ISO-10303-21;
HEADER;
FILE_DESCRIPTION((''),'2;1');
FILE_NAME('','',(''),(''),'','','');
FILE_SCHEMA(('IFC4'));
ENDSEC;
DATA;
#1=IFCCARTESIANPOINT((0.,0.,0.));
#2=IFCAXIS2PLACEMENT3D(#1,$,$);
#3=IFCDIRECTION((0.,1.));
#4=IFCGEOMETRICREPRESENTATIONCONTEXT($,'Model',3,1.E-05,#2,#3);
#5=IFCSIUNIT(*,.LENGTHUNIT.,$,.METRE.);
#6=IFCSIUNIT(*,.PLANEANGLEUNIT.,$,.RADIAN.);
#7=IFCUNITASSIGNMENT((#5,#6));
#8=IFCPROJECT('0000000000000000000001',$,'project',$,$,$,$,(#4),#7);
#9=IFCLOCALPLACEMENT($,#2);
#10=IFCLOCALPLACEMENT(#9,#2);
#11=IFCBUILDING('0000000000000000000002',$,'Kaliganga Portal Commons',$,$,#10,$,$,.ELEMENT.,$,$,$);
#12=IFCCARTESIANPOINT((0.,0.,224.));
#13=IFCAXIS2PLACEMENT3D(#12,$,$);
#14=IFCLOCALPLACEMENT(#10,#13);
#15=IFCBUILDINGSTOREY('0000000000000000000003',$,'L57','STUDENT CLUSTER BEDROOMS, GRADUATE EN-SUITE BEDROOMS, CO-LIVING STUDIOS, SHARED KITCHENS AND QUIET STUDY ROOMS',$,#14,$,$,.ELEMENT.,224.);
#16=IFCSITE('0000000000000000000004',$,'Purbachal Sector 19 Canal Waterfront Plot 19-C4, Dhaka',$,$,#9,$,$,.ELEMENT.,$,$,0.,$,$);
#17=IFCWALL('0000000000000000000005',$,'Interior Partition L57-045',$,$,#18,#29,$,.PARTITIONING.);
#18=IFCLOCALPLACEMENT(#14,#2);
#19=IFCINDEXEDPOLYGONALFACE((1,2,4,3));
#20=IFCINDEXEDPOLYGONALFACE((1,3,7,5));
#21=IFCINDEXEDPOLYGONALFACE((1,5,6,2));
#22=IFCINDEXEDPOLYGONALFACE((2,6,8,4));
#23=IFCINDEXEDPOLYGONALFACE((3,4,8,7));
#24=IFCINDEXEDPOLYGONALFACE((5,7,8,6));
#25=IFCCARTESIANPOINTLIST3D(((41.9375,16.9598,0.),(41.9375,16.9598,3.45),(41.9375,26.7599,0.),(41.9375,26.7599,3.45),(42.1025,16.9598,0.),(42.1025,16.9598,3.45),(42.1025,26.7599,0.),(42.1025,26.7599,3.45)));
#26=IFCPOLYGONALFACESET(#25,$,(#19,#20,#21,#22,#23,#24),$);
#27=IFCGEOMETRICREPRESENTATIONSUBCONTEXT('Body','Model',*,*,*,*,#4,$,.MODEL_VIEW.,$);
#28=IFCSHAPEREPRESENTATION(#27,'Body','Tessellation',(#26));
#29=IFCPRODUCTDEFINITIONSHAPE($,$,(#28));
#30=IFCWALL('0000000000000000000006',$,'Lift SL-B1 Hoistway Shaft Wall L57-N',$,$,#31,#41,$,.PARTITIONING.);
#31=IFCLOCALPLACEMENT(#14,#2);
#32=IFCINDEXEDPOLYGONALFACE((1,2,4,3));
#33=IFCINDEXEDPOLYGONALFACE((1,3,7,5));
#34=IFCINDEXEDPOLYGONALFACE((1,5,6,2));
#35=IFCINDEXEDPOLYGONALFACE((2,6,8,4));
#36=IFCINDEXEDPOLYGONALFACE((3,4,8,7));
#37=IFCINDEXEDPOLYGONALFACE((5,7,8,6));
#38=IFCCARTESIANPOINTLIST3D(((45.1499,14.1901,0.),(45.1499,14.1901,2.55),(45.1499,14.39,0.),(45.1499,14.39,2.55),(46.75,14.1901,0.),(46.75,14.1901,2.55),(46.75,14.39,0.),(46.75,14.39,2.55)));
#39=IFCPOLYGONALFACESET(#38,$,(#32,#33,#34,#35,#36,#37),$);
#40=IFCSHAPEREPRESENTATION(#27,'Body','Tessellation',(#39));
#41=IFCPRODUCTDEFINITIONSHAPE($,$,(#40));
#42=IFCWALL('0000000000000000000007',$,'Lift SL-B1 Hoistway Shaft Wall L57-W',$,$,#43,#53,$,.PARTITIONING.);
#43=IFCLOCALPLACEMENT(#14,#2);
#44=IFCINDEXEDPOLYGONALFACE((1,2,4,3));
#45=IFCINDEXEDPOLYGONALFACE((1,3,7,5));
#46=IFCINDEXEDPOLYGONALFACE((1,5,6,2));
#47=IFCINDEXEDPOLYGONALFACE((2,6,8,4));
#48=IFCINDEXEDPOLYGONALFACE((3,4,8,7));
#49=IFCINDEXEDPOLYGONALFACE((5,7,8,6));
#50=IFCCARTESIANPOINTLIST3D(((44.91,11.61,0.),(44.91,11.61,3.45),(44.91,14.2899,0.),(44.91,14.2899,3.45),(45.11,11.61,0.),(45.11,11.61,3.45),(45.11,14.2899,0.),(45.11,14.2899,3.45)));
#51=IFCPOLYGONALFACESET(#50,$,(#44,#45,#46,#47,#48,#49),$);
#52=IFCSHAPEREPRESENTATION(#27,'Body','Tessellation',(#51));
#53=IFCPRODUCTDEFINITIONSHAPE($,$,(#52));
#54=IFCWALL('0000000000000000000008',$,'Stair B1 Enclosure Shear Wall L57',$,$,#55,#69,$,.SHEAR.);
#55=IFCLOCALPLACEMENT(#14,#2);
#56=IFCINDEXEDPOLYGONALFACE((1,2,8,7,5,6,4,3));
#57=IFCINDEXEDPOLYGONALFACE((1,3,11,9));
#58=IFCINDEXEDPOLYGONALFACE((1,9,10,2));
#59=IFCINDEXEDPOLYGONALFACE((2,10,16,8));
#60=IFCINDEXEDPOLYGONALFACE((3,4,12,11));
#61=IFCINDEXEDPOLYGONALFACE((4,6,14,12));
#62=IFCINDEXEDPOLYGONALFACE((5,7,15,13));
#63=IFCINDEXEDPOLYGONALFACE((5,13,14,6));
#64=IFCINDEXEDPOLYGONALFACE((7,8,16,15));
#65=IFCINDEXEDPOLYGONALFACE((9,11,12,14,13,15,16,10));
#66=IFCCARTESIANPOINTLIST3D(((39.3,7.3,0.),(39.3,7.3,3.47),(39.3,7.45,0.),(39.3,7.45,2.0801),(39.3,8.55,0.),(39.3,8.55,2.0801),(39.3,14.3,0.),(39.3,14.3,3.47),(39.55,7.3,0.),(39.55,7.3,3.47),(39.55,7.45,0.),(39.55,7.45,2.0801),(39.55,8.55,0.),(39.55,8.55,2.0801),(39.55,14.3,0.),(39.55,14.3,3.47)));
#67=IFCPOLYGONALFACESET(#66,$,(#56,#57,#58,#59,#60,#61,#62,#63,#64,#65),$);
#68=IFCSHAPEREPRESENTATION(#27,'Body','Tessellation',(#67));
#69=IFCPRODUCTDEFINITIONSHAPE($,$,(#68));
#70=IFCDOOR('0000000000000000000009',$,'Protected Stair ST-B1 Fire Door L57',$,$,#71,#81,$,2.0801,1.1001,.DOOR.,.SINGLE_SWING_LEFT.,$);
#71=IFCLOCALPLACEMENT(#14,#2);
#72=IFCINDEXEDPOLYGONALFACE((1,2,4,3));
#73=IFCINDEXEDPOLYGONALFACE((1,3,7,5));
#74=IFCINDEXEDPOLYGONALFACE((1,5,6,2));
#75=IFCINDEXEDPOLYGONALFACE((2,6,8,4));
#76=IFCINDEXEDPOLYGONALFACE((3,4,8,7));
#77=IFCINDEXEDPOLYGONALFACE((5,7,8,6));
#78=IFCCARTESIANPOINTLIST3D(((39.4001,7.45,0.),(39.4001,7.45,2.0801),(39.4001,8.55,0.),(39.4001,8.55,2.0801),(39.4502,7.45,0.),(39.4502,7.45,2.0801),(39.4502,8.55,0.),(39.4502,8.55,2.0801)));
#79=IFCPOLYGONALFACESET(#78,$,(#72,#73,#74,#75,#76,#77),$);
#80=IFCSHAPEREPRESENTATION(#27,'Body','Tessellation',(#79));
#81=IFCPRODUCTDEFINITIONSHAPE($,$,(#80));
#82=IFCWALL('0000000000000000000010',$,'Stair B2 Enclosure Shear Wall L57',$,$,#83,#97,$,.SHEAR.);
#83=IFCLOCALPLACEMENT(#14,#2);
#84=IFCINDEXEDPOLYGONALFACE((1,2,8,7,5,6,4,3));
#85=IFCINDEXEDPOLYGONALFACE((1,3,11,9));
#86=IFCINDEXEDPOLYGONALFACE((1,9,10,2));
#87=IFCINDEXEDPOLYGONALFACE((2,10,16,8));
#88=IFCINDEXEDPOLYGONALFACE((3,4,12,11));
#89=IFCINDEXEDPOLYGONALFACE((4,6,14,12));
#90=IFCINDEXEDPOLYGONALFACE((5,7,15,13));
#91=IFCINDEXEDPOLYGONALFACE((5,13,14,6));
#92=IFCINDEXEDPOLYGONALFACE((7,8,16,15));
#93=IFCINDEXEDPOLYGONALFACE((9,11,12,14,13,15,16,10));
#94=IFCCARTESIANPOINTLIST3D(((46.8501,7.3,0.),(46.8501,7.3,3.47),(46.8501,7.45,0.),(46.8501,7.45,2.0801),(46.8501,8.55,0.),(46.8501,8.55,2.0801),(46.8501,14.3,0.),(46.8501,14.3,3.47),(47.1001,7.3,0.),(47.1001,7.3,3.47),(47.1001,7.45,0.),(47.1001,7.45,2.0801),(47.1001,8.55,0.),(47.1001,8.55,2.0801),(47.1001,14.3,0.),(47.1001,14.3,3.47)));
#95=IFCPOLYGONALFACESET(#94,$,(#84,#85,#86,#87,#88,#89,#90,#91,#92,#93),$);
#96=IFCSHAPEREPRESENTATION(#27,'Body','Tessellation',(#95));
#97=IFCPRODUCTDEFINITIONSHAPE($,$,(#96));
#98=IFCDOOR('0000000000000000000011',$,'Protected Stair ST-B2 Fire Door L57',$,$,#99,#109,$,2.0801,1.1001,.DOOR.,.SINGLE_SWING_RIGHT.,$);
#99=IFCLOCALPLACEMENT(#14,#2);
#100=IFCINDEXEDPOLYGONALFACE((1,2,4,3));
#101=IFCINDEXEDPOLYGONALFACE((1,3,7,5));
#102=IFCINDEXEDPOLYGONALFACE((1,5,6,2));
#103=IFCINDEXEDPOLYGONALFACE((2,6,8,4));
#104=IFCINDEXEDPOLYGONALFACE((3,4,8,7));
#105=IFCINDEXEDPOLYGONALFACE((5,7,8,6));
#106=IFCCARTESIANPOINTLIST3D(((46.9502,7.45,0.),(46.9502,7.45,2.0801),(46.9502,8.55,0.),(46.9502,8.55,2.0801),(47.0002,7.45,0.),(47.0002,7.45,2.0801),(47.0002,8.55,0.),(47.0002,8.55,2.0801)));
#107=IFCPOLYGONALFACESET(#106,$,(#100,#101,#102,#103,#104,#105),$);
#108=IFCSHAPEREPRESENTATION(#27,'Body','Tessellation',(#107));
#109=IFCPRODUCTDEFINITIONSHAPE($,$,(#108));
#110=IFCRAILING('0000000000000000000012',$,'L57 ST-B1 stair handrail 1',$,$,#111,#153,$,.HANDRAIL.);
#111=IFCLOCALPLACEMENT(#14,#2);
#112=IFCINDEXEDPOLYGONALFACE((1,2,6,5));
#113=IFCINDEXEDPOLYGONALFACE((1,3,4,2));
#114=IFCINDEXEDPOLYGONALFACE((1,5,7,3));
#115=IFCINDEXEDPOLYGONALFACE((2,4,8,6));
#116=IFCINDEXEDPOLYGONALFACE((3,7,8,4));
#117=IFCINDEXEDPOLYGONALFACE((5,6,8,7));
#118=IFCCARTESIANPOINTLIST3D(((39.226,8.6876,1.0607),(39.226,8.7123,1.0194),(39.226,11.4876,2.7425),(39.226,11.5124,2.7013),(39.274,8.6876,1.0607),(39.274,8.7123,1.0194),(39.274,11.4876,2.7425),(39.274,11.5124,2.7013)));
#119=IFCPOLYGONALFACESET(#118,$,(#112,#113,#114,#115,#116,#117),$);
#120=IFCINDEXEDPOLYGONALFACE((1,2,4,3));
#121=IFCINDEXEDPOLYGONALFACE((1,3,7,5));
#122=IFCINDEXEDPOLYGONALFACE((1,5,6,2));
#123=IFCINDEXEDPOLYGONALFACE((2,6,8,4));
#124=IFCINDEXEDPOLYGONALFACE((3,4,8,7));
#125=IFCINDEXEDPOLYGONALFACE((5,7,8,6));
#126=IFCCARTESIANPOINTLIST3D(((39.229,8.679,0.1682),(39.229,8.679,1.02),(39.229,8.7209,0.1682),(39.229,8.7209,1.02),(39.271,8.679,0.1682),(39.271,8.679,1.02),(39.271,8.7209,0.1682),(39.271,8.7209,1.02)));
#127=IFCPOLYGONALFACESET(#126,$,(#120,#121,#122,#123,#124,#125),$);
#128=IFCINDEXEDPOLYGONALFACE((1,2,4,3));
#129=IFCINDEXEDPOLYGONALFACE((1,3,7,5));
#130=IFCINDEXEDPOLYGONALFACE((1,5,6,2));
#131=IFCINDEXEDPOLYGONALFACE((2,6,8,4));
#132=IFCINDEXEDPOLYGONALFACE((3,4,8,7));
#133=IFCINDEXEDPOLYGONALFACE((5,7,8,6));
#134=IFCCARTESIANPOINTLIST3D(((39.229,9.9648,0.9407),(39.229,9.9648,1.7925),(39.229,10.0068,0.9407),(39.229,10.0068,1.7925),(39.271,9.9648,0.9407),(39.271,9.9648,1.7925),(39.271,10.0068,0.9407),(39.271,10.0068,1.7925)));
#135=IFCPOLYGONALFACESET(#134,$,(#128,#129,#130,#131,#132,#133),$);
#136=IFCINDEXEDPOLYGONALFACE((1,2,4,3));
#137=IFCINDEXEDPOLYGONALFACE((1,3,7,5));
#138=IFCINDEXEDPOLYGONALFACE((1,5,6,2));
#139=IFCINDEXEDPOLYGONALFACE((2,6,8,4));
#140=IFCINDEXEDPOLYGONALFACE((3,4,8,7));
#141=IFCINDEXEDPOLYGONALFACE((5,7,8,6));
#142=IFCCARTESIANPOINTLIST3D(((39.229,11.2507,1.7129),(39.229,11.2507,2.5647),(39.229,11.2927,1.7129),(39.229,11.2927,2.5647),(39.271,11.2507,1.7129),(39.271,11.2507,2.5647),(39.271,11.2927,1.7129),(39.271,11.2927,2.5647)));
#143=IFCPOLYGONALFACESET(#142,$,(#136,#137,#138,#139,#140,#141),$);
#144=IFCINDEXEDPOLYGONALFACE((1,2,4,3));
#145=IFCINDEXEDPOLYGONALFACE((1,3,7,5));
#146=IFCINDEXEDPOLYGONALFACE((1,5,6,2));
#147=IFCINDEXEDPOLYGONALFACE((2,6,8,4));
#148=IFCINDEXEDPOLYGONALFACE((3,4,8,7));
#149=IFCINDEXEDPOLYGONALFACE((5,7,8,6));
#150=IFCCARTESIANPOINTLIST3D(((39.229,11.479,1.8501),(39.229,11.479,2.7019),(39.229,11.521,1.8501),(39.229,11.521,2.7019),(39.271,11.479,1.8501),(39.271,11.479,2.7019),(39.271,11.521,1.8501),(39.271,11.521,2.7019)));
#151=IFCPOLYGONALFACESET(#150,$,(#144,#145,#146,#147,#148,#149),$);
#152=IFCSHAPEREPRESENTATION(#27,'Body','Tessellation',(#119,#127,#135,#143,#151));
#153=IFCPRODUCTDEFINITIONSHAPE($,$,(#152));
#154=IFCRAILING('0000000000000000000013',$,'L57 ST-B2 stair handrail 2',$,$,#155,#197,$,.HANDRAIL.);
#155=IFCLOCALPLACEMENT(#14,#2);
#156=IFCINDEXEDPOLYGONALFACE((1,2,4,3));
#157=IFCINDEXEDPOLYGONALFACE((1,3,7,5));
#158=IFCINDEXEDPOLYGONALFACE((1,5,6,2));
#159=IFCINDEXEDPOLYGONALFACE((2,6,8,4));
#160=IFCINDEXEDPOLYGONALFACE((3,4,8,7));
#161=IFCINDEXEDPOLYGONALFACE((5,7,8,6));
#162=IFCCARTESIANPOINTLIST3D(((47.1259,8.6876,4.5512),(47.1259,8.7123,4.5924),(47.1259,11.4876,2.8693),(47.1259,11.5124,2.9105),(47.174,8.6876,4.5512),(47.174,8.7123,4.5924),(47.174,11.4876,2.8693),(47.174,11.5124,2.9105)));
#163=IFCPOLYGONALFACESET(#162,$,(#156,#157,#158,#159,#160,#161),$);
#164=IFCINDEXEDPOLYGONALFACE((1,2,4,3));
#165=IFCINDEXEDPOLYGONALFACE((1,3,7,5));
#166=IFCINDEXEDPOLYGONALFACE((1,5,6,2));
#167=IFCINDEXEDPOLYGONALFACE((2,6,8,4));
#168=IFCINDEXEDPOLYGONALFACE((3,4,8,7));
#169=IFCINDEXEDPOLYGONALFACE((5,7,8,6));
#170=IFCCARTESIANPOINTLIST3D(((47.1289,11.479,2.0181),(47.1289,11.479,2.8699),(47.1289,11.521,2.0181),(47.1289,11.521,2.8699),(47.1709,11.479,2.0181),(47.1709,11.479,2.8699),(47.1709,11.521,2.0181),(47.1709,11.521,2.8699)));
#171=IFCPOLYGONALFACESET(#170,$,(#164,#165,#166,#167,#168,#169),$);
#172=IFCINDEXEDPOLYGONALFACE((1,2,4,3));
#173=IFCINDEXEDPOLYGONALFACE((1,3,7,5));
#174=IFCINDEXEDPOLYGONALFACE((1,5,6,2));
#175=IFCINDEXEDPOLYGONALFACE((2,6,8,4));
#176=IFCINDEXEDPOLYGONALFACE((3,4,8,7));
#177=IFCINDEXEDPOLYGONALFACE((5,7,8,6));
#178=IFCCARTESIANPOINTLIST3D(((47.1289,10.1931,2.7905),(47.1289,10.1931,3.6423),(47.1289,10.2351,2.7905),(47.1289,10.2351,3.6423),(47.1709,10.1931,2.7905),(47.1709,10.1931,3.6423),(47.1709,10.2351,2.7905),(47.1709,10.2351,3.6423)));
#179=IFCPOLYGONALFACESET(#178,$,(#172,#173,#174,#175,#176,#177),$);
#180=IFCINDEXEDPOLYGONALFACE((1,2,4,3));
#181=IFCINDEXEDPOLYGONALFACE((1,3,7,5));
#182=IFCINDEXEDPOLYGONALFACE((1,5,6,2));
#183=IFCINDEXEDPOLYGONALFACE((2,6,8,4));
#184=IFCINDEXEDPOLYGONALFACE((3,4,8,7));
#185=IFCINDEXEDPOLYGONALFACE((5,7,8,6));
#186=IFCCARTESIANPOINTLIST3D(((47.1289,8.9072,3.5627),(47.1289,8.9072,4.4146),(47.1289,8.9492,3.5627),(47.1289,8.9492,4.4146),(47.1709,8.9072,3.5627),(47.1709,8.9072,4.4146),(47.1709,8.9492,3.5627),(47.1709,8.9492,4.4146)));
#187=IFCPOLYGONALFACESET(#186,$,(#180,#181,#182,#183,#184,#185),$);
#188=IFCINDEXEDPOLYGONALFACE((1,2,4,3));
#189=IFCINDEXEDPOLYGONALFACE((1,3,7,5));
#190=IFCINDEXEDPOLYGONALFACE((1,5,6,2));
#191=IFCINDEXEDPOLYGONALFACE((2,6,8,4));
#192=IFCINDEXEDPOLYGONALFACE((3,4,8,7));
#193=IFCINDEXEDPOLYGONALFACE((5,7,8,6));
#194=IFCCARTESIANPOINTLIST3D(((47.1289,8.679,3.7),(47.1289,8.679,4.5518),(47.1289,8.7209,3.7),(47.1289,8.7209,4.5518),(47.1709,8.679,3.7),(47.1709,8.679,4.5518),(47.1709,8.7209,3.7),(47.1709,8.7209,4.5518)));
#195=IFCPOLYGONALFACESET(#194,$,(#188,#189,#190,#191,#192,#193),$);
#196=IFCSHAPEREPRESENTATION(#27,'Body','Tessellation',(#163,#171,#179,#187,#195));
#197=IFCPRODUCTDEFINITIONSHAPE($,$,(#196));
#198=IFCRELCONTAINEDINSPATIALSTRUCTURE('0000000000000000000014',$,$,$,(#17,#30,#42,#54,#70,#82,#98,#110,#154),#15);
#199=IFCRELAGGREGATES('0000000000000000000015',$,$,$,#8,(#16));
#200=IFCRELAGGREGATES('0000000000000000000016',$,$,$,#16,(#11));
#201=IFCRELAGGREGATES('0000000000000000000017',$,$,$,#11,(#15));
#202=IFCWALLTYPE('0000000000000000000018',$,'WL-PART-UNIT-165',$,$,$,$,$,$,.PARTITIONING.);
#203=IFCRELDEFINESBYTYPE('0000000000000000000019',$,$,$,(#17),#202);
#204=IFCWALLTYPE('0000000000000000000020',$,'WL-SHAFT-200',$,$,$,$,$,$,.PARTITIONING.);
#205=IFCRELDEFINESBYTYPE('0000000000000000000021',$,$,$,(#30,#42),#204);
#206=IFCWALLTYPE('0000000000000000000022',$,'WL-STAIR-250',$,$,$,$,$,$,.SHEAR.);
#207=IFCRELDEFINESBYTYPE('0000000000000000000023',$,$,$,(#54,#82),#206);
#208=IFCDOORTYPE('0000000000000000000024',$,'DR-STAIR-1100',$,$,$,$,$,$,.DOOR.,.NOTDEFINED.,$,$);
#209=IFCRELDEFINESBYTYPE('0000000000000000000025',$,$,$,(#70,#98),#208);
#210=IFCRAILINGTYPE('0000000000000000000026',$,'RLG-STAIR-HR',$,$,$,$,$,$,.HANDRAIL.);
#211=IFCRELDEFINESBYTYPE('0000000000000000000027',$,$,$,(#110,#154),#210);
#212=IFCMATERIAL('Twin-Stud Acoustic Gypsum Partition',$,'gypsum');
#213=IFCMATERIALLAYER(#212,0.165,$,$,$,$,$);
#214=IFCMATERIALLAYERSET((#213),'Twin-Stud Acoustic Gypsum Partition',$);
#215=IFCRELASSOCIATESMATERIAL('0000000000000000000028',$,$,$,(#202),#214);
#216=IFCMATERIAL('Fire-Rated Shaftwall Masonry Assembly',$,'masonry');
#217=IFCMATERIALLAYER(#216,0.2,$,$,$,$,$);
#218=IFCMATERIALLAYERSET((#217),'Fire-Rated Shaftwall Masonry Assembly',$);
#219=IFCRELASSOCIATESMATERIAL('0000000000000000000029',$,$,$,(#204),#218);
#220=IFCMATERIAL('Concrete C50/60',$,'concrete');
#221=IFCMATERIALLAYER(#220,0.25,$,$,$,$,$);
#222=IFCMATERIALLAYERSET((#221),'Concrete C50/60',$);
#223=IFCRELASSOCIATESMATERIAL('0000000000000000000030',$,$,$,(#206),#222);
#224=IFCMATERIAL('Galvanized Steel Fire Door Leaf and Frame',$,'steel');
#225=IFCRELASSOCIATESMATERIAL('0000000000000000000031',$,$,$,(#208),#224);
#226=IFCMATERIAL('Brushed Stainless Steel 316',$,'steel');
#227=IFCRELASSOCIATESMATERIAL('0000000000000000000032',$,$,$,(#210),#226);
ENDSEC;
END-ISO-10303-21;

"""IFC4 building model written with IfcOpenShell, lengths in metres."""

from ifc_helpers import new_model, si_unit, direction, frame, frame_2d, origin, origin_2d, place, context, subcontext, project, spatial, rectangle, extrude, material, layer, layer_set, type_object, element, fill, save


model = new_model("IFC4")

# Units and contexts
model_context = context("Model", 3, precision=1e-05, world=origin(), true_north=direction((0.0, 1.0)))
body_context = subcontext(model_context, "Body", "Model", "MODEL_VIEW")
ifc_project = project(units=[si_unit("LENGTHUNIT", "METRE"), si_unit("PLANEANGLEUNIT", "RADIAN")], contexts=[model_context])

# Site, building, storey
site_placement = place(None, origin())
site = spatial("IfcSite", under=ifc_project, at=site_placement, Name="Purbachal Sector 19 Canal Waterfront Plot 19-C4, Dhaka", CompositionType="ELEMENT", RefElevation=0.0)
building_placement = place(site_placement, origin())
building = spatial("IfcBuilding", under=site, at=building_placement, Name="Kaliganga Portal Commons", CompositionType="ELEMENT")
storey_placement = place(building_placement, frame((0.0, 0.0, 224.0)))
storey = spatial("IfcBuildingStorey", under=building, at=storey_placement, Name="L57", Description="STUDENT CLUSTER BEDROOMS, GRADUATE EN-SUITE BEDROOMS, CO-LIVING STUDIOS, SHARED KITCHENS AND QUIET STUDY ROOMS", CompositionType="ELEMENT", Elevation=224.0)

# Shared definitions
ifc_material_1 = material(Name="Concrete C50/60", Category="concrete")

# Wall
ifc_material_2 = material(Name="Twin-Stud Acoustic Gypsum Partition", Category="gypsum")
ifc_layer_1 = layer(ifc_material_2, 0.165)
ifc_layer_set_1 = layer_set([ifc_layer_1], Name="Twin-Stud Acoustic Gypsum Partition")
wall_type_1 = type_object("IfcWallType", Name="WL-PART-UNIT-165", PredefinedType="PARTITIONING", material=ifc_layer_set_1)
wall_1_placement = place(storey_placement, frame((42.02, 16.96, 0.0), z_axis=(0.0, 0.0, 1.0), x_axis=(0.0, 1.0, 0.0)))
element("IfcWall", 1, at=wall_1_placement, inside=storey, type_object=wall_type_1, Name="Interior Partition L57-045", PredefinedType="PARTITIONING", context=body_context, shape_type="SweptSolid", body=[
    extrude(rectangle(XDim=9.8, YDim=0.165, at=frame_2d((4.8999, 0.0))), origin(), (0.0, 0.0, 1.0), 3.45),
])

# Shared definitions
ifc_material_3 = material(Name="Fire-Rated Shaftwall Masonry Assembly", Category="masonry")
ifc_layer_2 = layer(ifc_material_3, 0.2)
ifc_layer_set_2 = layer_set([ifc_layer_2], Name="Fire-Rated Shaftwall Masonry Assembly")
wall_type_2 = type_object("IfcWallType", Name="WL-SHAFT-200", PredefinedType="PARTITIONING", material=ifc_layer_set_2)

# Walls
wall_2_placement = place(storey_placement, frame((45.1499, 14.29, 0.0), z_axis=(0.0, 0.0, 1.0), x_axis=(1.0, 0.0, 0.0)))
element("IfcWall", 2, at=wall_2_placement, inside=storey, type_object=wall_type_2, Name="Lift SL-B1 Hoistway Shaft Wall L57-N", PredefinedType="PARTITIONING", context=body_context, shape_type="SweptSolid", body=[
    extrude(rectangle(XDim=1.6001, YDim=0.2, at=frame_2d((0.8, 0.0))), origin(), (0.0, 0.0, 1.0), 2.55),
])
wall_3_placement = place(storey_placement, frame((45.01, 11.6101, 0.0), z_axis=(0.0, 0.0, 1.0), x_axis=(0.0, 1.0, 0.0)))
element("IfcWall", 3, at=wall_3_placement, inside=storey, type_object=wall_type_2, Name="Lift SL-B1 Hoistway Shaft Wall L57-W", PredefinedType="PARTITIONING", context=body_context, shape_type="SweptSolid", body=[
    extrude(rectangle(XDim=2.6799, YDim=0.2, at=frame_2d((1.3398, 0.0))), origin(), (0.0, 0.0, 1.0), 3.45),
])

# Walls, openings, doors
ifc_layer_3 = layer(ifc_material_1, 0.25)
ifc_layer_set_3 = layer_set([ifc_layer_3], Name="Concrete C50/60")
wall_type_3 = type_object("IfcWallType", Name="WL-STAIR-250", PredefinedType="SHEAR", material=ifc_layer_set_3)
wall_4_placement = place(storey_placement, frame((39.425, 7.3, 0.0), z_axis=(0.0, 0.0, 1.0), x_axis=(0.0, 1.0, 0.0)))
wall_4 = element("IfcWall", 4, at=wall_4_placement, inside=storey, type_object=wall_type_3, Name="Stair B1 Enclosure Shear Wall L57", PredefinedType="SHEAR", context=body_context, shape_type="SweptSolid", body=[
    extrude(rectangle(XDim=7.0, YDim=0.25, at=frame_2d((3.5, 0.0))), origin(), (0.0, 0.0, 1.0), 3.47),
])
opening_1_placement = place(wall_4_placement, frame((0.1499, 0.0, 0.0)))
opening_1 = element("IfcOpeningElement", 5, at=opening_1_placement, cuts=wall_4, PredefinedType="OPENING", context=body_context, shape_type="SweptSolid", body=[
    extrude(rectangle(XDim=1.1001, YDim=2.0801, at=frame_2d((0.55, 1.04))), frame((0.0, 0.135, 0.0), z_axis=(0.0, -1.0, 0.0), x_axis=(1.0, 0.0, 0.0)), (0.0, 0.0, 1.0), 0.27),
])
ifc_material_4 = material(Name="Galvanized Steel Fire Door Leaf and Frame", Category="steel")
door_type_1 = type_object("IfcDoorType", Name="DR-STAIR-1100", OperationType="NOTDEFINED", PredefinedType="DOOR", material=ifc_material_4)
door_1_placement = place(opening_1_placement, origin())
door_1 = element("IfcDoor", 6, at=door_1_placement, inside=storey, type_object=door_type_1, Name="Protected Stair ST-B1 Fire Door L57", OperationType="SINGLE_SWING_LEFT", OverallHeight=2.0801, OverallWidth=1.1001, PredefinedType="DOOR", context=body_context, shape_type="SweptSolid", body=[
    extrude(rectangle(XDim=1.1001, YDim=2.0801, at=frame_2d((0.55, 1.04))), frame((0.0, 0.0249, 0.0), z_axis=(0.0, -1.0, 0.0), x_axis=(1.0, 0.0, 0.0)), (0.0, 0.0, 1.0), 0.05),
])
fill(opening_1, door_1)
wall_5_placement = place(storey_placement, frame((46.9751, 7.3, 0.0), z_axis=(0.0, 0.0, 1.0), x_axis=(0.0, 1.0, 0.0)))
wall_5 = element("IfcWall", 7, at=wall_5_placement, inside=storey, type_object=wall_type_3, Name="Stair B2 Enclosure Shear Wall L57", PredefinedType="SHEAR", context=body_context, shape_type="SweptSolid", body=[
    extrude(rectangle(XDim=7.0, YDim=0.25, at=frame_2d((3.5, 0.0))), origin(), (0.0, 0.0, 1.0), 3.47),
])
opening_2_placement = place(wall_5_placement, frame((0.1499, 0.0, 0.0)))
opening_2 = element("IfcOpeningElement", 8, at=opening_2_placement, cuts=wall_5, PredefinedType="OPENING", context=body_context, shape_type="SweptSolid", body=[
    extrude(rectangle(XDim=1.1001, YDim=2.0801, at=frame_2d((0.55, 1.04))), frame((0.0, 0.135, 0.0), z_axis=(0.0, -1.0, 0.0), x_axis=(1.0, 0.0, 0.0)), (0.0, 0.0, 1.0), 0.27),
])
door_2_placement = place(opening_2_placement, origin())
door_2 = element("IfcDoor", 9, at=door_2_placement, inside=storey, type_object=door_type_1, Name="Protected Stair ST-B2 Fire Door L57", OperationType="SINGLE_SWING_RIGHT", OverallHeight=2.0801, OverallWidth=1.1001, PredefinedType="DOOR", context=body_context, shape_type="SweptSolid", body=[
    extrude(rectangle(XDim=1.1001, YDim=2.0801, at=frame_2d((0.55, 1.04))), frame((0.0, 0.0249, 0.0), z_axis=(0.0, -1.0, 0.0), x_axis=(1.0, 0.0, 0.0)), (0.0, 0.0, 1.0), 0.05),
])
fill(opening_2, door_2)

# Railings
ifc_material_5 = material(Name="Brushed Stainless Steel 316", Category="steel")
railing_type = type_object("IfcRailingType", Name="RLG-STAIR-HR", PredefinedType="HANDRAIL", material=ifc_material_5)
railing_1_placement = place(storey_placement, frame((39.25, 8.7, 0.1682)))
element("IfcRailing", 10, at=railing_1_placement, inside=storey, type_object=railing_type, Name="L57 ST-B1 stair handrail 1", PredefinedType="HANDRAIL", context=body_context, shape_type="SweptSolid", body=[
    extrude(rectangle(XDim=0.0481, YDim=0.0481, at=origin_2d()), frame((0.0, 0.0, 0.8718), z_axis=(0.0, 0.857242, 0.514913), x_axis=(-1.0, 0.0, 0.0)), (0.0, 0.0, 1.0), 3.2664),
    extrude(rectangle(XDim=0.042, YDim=0.042, at=origin_2d()), origin(), (0.0, 0.0, 1.0), 0.8518),
    extrude(rectangle(XDim=0.042, YDim=0.042, at=origin_2d()), frame((0.0, 1.2859, 0.7725)), (0.0, 0.0, 1.0), 0.8518),
    extrude(rectangle(XDim=0.042, YDim=0.042, at=origin_2d()), frame((0.0, 2.5718, 1.5447)), (0.0, 0.0, 1.0), 0.8518),
    extrude(rectangle(XDim=0.042, YDim=0.042, at=origin_2d()), frame((0.0, 2.8, 1.6819)), (0.0, 0.0, 1.0), 0.8518),
])
railing_2_placement = place(storey_placement, frame((47.1499, 11.5, 2.0181)))
element("IfcRailing", 11, at=railing_2_placement, inside=storey, type_object=railing_type, Name="L57 ST-B2 stair handrail 2", PredefinedType="HANDRAIL", context=body_context, shape_type="SweptSolid", body=[
    extrude(rectangle(XDim=0.0481, YDim=0.0481, at=origin_2d()), frame((0.0, 0.0, 0.8718), z_axis=(0.0, -0.857242, 0.514913), x_axis=(1.0, 0.0, 0.0)), (0.0, 0.0, 1.0), 3.2664),
    extrude(rectangle(XDim=0.042, YDim=0.042, at=origin_2d()), origin(), (0.0, 0.0, 1.0), 0.8518),
    extrude(rectangle(XDim=0.042, YDim=0.042, at=origin_2d()), frame((0.0, -1.2859, 0.7725)), (0.0, 0.0, 1.0), 0.8518),
    extrude(rectangle(XDim=0.042, YDim=0.042, at=origin_2d()), frame((0.0, -2.5718, 1.5447)), (0.0, 0.0, 1.0), 0.8518),
    extrude(rectangle(XDim=0.042, YDim=0.042, at=origin_2d()), frame((0.0, -2.8, 1.6819)), (0.0, 0.0, 1.0), 0.8518),
])

save(model, "model.ifc")
